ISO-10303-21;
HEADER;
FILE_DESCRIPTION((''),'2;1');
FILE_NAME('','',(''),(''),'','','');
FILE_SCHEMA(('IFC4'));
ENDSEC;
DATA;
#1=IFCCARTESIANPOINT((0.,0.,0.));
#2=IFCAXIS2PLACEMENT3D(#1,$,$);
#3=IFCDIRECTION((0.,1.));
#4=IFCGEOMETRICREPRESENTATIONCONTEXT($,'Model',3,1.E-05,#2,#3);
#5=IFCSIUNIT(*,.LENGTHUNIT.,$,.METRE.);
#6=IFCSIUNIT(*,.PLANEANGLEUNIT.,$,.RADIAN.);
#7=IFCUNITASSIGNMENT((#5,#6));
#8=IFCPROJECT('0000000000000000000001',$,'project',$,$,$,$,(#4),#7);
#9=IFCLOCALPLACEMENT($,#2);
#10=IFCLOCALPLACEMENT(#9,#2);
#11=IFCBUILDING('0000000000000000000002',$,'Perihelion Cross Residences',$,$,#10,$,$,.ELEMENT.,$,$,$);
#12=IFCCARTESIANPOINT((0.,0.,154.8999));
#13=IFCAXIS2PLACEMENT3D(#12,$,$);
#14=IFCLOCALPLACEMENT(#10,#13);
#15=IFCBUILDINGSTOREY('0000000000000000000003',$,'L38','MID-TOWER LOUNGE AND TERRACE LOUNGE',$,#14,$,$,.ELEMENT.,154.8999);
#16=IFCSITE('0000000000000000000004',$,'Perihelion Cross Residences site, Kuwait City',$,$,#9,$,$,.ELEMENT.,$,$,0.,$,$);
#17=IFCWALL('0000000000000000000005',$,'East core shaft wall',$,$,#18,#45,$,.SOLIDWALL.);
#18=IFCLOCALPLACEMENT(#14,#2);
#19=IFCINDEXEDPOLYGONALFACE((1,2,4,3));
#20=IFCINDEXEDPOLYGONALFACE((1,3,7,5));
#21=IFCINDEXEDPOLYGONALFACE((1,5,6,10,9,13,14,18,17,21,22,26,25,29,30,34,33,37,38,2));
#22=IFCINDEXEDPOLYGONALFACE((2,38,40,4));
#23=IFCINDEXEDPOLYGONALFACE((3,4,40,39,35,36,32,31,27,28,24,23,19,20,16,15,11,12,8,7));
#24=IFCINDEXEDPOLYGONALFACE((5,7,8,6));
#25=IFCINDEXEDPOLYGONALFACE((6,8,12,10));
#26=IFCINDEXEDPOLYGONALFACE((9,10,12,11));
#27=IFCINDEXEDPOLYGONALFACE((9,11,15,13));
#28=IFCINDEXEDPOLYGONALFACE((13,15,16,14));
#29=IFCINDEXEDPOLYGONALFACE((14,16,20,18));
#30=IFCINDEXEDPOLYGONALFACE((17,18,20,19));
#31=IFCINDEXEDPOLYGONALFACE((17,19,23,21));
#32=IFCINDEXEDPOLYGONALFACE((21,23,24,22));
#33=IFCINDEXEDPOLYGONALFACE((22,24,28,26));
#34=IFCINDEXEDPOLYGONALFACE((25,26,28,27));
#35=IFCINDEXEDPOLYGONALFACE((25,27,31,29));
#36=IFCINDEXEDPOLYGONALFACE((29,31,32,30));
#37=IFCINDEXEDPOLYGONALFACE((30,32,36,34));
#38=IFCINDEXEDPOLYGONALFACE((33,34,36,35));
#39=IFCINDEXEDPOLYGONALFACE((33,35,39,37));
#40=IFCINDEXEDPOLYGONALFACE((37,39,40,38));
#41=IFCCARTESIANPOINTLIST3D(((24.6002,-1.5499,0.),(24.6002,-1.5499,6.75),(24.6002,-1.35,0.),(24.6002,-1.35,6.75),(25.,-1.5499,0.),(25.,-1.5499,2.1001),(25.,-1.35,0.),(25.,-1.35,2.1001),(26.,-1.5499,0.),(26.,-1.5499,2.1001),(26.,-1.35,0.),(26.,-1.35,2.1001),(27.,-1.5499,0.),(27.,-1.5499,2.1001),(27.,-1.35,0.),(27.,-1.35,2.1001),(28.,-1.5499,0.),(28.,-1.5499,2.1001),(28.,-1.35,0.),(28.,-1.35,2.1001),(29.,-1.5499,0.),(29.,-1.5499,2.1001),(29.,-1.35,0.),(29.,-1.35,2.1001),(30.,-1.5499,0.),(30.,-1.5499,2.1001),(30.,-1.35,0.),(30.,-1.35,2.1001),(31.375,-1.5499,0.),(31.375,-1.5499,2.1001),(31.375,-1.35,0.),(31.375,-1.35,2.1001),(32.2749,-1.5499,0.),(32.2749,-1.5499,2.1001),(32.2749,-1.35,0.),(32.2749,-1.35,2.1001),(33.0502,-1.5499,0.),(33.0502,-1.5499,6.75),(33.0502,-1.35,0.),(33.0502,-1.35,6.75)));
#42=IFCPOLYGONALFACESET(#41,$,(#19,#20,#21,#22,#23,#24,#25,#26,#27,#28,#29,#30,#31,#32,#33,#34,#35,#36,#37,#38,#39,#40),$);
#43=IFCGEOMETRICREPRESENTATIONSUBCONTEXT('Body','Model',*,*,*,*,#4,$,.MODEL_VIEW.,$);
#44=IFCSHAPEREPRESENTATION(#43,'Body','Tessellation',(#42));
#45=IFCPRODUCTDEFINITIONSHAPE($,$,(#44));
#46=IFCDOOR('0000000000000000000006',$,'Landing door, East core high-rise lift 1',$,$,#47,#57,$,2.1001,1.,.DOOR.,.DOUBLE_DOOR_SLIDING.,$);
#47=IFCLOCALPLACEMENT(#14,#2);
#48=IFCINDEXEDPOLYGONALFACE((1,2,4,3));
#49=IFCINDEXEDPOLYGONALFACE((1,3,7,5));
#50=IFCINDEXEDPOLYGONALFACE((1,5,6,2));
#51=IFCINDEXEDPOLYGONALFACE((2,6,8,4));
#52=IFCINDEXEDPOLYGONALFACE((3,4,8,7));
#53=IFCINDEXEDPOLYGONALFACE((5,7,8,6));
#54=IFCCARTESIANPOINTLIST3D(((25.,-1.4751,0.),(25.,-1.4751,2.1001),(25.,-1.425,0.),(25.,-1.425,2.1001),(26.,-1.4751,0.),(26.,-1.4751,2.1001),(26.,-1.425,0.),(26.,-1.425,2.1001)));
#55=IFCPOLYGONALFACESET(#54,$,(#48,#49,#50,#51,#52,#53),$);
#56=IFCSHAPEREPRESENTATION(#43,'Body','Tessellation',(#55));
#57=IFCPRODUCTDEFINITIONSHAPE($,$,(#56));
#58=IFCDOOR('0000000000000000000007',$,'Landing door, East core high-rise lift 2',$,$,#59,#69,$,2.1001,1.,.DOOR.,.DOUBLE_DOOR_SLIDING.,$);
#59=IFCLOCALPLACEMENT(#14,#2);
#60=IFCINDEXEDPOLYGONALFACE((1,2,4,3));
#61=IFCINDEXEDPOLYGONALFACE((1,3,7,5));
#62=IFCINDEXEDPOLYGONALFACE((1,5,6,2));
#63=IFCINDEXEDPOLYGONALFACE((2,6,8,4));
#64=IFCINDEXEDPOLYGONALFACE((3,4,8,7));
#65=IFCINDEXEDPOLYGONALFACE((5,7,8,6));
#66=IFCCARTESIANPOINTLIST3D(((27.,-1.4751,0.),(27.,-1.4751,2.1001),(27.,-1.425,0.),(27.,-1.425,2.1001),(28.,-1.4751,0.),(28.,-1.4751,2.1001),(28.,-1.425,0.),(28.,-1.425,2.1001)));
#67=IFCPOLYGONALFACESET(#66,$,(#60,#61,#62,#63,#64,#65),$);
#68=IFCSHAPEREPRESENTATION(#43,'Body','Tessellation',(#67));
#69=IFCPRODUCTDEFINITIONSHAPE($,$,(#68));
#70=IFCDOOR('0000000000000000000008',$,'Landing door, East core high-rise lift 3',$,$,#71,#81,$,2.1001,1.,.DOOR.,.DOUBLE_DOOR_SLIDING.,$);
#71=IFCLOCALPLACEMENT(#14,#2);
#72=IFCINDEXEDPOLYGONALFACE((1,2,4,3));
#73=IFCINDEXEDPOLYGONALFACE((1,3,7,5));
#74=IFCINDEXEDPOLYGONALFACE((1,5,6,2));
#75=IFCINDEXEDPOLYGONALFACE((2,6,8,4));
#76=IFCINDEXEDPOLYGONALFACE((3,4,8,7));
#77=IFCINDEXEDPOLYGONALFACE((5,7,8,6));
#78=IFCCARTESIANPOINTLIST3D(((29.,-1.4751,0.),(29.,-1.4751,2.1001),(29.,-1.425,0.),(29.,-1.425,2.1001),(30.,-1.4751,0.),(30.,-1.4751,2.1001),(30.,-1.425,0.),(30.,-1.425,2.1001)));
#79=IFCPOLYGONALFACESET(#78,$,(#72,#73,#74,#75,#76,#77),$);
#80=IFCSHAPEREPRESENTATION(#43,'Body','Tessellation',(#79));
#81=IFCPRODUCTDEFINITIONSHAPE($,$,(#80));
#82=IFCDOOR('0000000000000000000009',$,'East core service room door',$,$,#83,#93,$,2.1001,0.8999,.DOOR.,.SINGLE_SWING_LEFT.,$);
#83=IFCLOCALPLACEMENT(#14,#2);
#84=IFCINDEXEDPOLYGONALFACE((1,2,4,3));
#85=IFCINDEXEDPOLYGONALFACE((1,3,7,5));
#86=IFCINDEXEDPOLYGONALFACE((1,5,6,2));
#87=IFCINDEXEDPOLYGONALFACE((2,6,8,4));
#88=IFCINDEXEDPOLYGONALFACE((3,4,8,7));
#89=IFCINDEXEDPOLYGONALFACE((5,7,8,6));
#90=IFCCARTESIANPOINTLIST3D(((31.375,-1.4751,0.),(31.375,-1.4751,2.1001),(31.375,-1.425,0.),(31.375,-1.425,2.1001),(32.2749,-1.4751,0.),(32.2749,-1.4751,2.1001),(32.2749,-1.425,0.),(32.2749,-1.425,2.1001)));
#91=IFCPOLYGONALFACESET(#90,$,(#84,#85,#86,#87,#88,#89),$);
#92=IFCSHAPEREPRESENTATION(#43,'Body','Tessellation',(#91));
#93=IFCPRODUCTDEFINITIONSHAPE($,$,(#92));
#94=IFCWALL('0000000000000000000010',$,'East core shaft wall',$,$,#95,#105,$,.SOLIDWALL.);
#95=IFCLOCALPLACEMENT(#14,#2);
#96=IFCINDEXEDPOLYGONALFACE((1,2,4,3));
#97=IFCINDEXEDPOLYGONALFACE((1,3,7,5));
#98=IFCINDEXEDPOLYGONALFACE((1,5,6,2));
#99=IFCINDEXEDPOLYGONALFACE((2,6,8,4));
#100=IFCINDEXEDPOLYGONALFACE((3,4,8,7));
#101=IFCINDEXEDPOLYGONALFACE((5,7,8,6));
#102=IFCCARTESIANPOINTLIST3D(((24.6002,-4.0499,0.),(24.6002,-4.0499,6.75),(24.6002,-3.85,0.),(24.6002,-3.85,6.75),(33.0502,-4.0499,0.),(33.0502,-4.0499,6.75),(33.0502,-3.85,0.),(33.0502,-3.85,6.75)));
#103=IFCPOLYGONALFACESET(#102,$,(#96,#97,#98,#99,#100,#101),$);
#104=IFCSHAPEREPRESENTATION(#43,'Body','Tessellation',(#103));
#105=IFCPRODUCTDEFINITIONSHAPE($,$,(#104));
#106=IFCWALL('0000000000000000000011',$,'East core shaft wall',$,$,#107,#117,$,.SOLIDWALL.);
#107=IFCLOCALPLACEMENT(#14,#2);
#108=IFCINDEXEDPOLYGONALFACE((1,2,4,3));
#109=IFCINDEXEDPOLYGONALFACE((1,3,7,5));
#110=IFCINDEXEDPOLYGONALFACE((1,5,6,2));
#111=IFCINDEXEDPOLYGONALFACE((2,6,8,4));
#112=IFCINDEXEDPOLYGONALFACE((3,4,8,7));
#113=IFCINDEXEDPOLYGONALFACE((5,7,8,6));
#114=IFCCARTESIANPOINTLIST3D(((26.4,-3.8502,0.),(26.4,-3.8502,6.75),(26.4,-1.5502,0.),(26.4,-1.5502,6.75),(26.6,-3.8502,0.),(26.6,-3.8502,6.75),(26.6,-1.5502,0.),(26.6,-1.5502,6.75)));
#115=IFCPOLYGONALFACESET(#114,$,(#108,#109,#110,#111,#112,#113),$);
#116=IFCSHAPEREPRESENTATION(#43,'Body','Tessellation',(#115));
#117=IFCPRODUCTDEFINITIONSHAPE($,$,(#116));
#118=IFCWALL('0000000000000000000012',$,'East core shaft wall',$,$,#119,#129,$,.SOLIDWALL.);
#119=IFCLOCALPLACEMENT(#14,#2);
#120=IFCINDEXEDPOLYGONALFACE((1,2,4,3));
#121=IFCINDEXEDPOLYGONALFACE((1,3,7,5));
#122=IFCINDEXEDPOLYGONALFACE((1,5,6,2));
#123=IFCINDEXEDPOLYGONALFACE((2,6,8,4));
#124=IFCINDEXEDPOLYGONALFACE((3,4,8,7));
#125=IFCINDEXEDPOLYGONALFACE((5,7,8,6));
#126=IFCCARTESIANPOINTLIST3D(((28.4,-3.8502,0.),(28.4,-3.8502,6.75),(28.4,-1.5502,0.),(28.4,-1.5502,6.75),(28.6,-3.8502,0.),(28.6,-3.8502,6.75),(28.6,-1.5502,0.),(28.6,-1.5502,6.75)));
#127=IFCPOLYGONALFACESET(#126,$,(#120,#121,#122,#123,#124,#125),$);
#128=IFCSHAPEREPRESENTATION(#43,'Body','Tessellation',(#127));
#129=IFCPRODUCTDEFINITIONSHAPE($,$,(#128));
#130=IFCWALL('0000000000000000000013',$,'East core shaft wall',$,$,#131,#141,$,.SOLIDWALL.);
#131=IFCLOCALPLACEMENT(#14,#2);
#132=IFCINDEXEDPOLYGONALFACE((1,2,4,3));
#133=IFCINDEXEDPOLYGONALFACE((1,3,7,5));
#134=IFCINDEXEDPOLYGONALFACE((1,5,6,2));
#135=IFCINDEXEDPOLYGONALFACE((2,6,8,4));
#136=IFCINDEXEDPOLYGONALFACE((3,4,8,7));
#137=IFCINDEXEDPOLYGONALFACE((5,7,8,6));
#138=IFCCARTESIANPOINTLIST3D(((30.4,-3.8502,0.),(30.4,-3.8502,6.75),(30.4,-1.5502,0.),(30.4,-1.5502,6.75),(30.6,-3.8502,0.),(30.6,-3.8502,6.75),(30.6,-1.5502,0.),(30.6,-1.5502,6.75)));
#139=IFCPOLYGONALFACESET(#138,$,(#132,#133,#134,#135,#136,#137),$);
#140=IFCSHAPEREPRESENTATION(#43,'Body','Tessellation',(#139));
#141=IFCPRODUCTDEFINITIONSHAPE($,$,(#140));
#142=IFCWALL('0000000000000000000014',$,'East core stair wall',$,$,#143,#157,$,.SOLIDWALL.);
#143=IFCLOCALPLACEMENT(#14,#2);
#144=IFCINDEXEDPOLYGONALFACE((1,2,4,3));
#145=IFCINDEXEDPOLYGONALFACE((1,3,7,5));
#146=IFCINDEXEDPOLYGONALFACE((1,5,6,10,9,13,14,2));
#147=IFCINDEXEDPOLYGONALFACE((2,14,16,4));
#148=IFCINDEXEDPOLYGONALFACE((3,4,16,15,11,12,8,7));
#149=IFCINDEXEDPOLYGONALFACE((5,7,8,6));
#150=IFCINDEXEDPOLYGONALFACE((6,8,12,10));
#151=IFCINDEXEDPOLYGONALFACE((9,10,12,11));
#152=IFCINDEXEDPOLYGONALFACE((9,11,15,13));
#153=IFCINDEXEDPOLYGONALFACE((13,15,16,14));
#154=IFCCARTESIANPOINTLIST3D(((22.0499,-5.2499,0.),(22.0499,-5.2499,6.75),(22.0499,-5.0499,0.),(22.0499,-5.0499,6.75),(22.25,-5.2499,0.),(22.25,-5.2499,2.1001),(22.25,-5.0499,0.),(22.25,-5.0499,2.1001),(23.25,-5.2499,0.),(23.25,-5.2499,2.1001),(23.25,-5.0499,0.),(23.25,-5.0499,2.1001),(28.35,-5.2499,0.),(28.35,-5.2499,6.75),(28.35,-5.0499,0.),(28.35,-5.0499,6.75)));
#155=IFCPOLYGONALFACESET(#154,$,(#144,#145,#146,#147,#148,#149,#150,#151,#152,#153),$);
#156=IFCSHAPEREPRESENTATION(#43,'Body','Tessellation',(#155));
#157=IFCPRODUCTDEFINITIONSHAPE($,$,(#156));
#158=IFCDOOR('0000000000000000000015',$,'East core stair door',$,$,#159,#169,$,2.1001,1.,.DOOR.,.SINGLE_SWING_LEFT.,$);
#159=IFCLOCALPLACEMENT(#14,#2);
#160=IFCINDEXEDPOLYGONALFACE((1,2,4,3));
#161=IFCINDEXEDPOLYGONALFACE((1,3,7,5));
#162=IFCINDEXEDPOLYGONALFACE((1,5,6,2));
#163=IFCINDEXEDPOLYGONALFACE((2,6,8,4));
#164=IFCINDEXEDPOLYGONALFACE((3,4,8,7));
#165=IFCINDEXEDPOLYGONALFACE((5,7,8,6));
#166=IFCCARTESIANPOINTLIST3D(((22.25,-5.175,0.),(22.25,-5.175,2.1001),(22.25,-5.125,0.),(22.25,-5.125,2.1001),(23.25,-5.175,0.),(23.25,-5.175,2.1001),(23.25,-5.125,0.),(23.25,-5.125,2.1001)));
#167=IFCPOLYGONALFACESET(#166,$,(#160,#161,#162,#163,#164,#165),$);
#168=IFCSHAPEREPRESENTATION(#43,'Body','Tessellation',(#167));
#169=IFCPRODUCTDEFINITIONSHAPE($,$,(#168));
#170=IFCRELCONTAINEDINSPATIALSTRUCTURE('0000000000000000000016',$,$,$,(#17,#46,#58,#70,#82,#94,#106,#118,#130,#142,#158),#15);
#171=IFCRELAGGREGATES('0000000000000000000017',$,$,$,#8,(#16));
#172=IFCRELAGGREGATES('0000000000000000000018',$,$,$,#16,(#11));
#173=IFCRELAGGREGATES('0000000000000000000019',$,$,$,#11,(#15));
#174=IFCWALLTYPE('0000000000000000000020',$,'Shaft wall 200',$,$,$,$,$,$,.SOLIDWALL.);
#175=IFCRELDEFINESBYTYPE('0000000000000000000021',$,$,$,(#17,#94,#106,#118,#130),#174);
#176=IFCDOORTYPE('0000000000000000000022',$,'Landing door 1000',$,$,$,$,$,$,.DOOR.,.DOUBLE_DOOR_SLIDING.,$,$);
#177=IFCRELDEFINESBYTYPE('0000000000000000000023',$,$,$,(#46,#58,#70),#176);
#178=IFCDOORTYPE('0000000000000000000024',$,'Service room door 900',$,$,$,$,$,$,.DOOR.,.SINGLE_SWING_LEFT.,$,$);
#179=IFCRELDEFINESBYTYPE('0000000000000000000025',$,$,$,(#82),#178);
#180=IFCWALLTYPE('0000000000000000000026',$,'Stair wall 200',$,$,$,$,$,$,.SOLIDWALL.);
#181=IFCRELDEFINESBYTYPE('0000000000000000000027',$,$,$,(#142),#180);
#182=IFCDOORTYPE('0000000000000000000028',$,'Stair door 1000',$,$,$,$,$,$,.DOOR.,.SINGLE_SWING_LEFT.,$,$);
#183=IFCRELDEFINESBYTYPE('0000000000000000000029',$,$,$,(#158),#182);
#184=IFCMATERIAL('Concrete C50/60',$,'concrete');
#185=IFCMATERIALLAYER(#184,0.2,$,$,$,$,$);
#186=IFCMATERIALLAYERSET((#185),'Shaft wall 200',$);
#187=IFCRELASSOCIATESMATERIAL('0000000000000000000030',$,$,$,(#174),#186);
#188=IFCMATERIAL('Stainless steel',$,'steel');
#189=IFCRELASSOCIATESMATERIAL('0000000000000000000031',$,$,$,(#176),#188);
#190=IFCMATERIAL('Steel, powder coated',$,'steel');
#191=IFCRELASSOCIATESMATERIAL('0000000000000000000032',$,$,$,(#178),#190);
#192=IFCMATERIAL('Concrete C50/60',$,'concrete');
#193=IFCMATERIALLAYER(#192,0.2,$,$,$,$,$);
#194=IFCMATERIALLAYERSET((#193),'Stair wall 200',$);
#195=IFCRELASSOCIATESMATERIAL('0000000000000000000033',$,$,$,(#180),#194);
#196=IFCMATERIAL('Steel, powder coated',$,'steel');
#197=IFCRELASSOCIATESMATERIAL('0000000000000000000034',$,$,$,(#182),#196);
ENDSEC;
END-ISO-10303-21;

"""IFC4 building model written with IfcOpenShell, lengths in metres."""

from ifc_helpers import new_model, si_unit, direction, frame, frame_2d, origin, place, context, subcontext, project, spatial, rectangle, extrude, material, layer, layer_set, type_object, element, fill, save


model = new_model("IFC4")

# Units and contexts
model_context = context("Model", 3, precision=1e-05, world=origin(), true_north=direction((0.0, 1.0)))
body_context = subcontext(model_context, "Body", "Model", "MODEL_VIEW")
ifc_project = project(units=[si_unit("LENGTHUNIT", "METRE"), si_unit("PLANEANGLEUNIT", "RADIAN")], contexts=[model_context])

# Site, building, storey
site_placement = place(None, origin())
site = spatial("IfcSite", under=ifc_project, at=site_placement, Name="Perihelion Cross Residences site, Kuwait City", CompositionType="ELEMENT", RefElevation=0.0)
building_placement = place(site_placement, origin())
building = spatial("IfcBuilding", under=site, at=building_placement, Name="Perihelion Cross Residences", CompositionType="ELEMENT")
storey_placement = place(building_placement, frame((0.0, 0.0, 154.8999)))
storey = spatial("IfcBuildingStorey", under=building, at=storey_placement, Name="L38", Description="MID-TOWER LOUNGE AND TERRACE LOUNGE", CompositionType="ELEMENT", Elevation=154.8999)

# Wall, openings, doors
ifc_material_1 = material(Name="Concrete C50/60", Category="concrete")
ifc_layer_1 = layer(ifc_material_1, 0.2)
ifc_layer_set_1 = layer_set([ifc_layer_1], Name="Shaft wall 200")
wall_type_1 = type_object("IfcWallType", Name="Shaft wall 200", PredefinedType="SOLIDWALL", material=ifc_layer_set_1)
wall_1_placement = place(storey_placement, frame((24.6001, -1.45, 0.0), z_axis=(0.0, 0.0, 1.0), x_axis=(1.0, 0.0, 0.0)))
wall_1 = element("IfcWall", 1, at=wall_1_placement, inside=storey, type_object=wall_type_1, Name="East core shaft wall", PredefinedType="SOLIDWALL", context=body_context, shape_type="SweptSolid", body=[
    extrude(rectangle(XDim=8.45, YDim=0.2, at=frame_2d((4.2251, 0.0))), origin(), (0.0, 0.0, 1.0), 6.75),
])
opening_1_placement = place(wall_1_placement, frame((0.3999, 0.0, 0.0)))
opening_1 = element("IfcOpeningElement", 2, at=opening_1_placement, cuts=wall_1, PredefinedType="OPENING", context=body_context, shape_type="SweptSolid", body=[
    extrude(rectangle(XDim=1.0, YDim=2.1001, at=frame_2d((0.5, 1.05))), frame((0.0, 0.1099, 0.0), z_axis=(0.0, -1.0, 0.0), x_axis=(1.0, 0.0, 0.0)), (0.0, 0.0, 1.0), 0.22),
])
opening_2_placement = place(wall_1_placement, frame((2.3999, 0.0, 0.0)))
opening_2 = element("IfcOpeningElement", 3, at=opening_2_placement, cuts=wall_1, PredefinedType="OPENING", context=body_context, shape_type="SweptSolid", body=[
    extrude(rectangle(XDim=1.0, YDim=2.1001, at=frame_2d((0.5, 1.05))), frame((0.0, 0.1099, 0.0), z_axis=(0.0, -1.0, 0.0), x_axis=(1.0, 0.0, 0.0)), (0.0, 0.0, 1.0), 0.22),
])
opening_3_placement = place(wall_1_placement, frame((4.3999, 0.0, 0.0)))
opening_3 = element("IfcOpeningElement", 4, at=opening_3_placement, cuts=wall_1, PredefinedType="OPENING", context=body_context, shape_type="SweptSolid", body=[
    extrude(rectangle(XDim=1.0, YDim=2.1001, at=frame_2d((0.5, 1.05))), frame((0.0, 0.1099, 0.0), z_axis=(0.0, -1.0, 0.0), x_axis=(1.0, 0.0, 0.0)), (0.0, 0.0, 1.0), 0.22),
])
opening_4_placement = place(wall_1_placement, frame((6.7749, 0.0, 0.0)))
opening_4 = element("IfcOpeningElement", 5, at=opening_4_placement, cuts=wall_1, PredefinedType="OPENING", context=body_context, shape_type="SweptSolid", body=[
    extrude(rectangle(XDim=0.8999, YDim=2.1001, at=frame_2d((0.45, 1.05))), frame((0.0, 0.1099, 0.0), z_axis=(0.0, -1.0, 0.0), x_axis=(1.0, 0.0, 0.0)), (0.0, 0.0, 1.0), 0.22),
])
ifc_material_2 = material(Name="Stainless steel", Category="steel")
door_type_1 = type_object("IfcDoorType", Name="Landing door 1000", OperationType="DOUBLE_DOOR_SLIDING", PredefinedType="DOOR", material=ifc_material_2)
door_1_placement = place(opening_1_placement, origin())
door_1 = element("IfcDoor", 6, at=door_1_placement, inside=storey, type_object=door_type_1, Name="Landing door, East core high-rise lift 1", OperationType="DOUBLE_DOOR_SLIDING", OverallHeight=2.1001, OverallWidth=1.0, PredefinedType="DOOR", context=body_context, shape_type="SweptSolid", body=[
    extrude(rectangle(XDim=1.0, YDim=2.1001, at=frame_2d((0.5, 1.05))), frame((0.0, 0.0249, 0.0), z_axis=(0.0, -1.0, 0.0), x_axis=(1.0, 0.0, 0.0)), (0.0, 0.0, 1.0), 0.05),
])
fill(opening_1, door_1)
door_2_placement = place(opening_2_placement, origin())
door_2 = element("IfcDoor", 7, at=door_2_placement, inside=storey, type_object=door_type_1, Name="Landing door, East core high-rise lift 2", OperationType="DOUBLE_DOOR_SLIDING", OverallHeight=2.1001, OverallWidth=1.0, PredefinedType="DOOR", context=body_context, shape_type="SweptSolid", body=[
    extrude(rectangle(XDim=1.0, YDim=2.1001, at=frame_2d((0.5, 1.05))), frame((0.0, 0.0249, 0.0), z_axis=(0.0, -1.0, 0.0), x_axis=(1.0, 0.0, 0.0)), (0.0, 0.0, 1.0), 0.05),
])
fill(opening_2, door_2)
door_3_placement = place(opening_3_placement, origin())
door_3 = element("IfcDoor", 8, at=door_3_placement, inside=storey, type_object=door_type_1, Name="Landing door, East core high-rise lift 3", OperationType="DOUBLE_DOOR_SLIDING", OverallHeight=2.1001, OverallWidth=1.0, PredefinedType="DOOR", context=body_context, shape_type="SweptSolid", body=[
    extrude(rectangle(XDim=1.0, YDim=2.1001, at=frame_2d((0.5, 1.05))), frame((0.0, 0.0249, 0.0), z_axis=(0.0, -1.0, 0.0), x_axis=(1.0, 0.0, 0.0)), (0.0, 0.0, 1.0), 0.05),
])
fill(opening_3, door_3)
ifc_material_3 = material(Name="Steel, powder coated", Category="steel")
door_type_2 = type_object("IfcDoorType", Name="Service room door 900", OperationType="SINGLE_SWING_LEFT", PredefinedType="DOOR", material=ifc_material_3)
door_4_placement = place(opening_4_placement, origin())
door_4 = element("IfcDoor", 9, at=door_4_placement, inside=storey, type_object=door_type_2, Name="East core service room door", OperationType="SINGLE_SWING_LEFT", OverallHeight=2.1001, OverallWidth=0.8999, PredefinedType="DOOR", context=body_context, shape_type="SweptSolid", body=[
    extrude(rectangle(XDim=0.8999, YDim=2.1001, at=frame_2d((0.45, 1.05))), frame((0.0, 0.0249, 0.0), z_axis=(0.0, -1.0, 0.0), x_axis=(1.0, 0.0, 0.0)), (0.0, 0.0, 1.0), 0.05),
])
fill(opening_4, door_4)

# Walls
wall_2_placement = place(storey_placement, frame((24.6001, -3.95, 0.0), z_axis=(0.0, 0.0, 1.0), x_axis=(1.0, 0.0, 0.0)))
element("IfcWall", 10, at=wall_2_placement, inside=storey, type_object=wall_type_1, Name="East core shaft wall", PredefinedType="SOLIDWALL", context=body_context, shape_type="SweptSolid", body=[
    extrude(rectangle(XDim=8.45, YDim=0.2, at=frame_2d((4.2251, 0.0))), origin(), (0.0, 0.0, 1.0), 6.75),
])
for number, where, z_axis, x_axis, name in (
    (11, (26.5, -3.8501, 0.0), (0.0, 0.0, 1.0), (0.0, 1.0, 0.0), "East core shaft wall"),
    (12, (28.5, -3.8501, 0.0), (0.0, 0.0, 1.0), (0.0, 1.0, 0.0), "East core shaft wall"),
    (13, (30.5, -3.8501, 0.0), (0.0, 0.0, 1.0), (0.0, 1.0, 0.0), "East core shaft wall"),
):
    element("IfcWall", number, at=place(storey_placement, frame(where, z_axis=z_axis, x_axis=x_axis)), inside=storey, type_object=wall_type_1, Name=name, PredefinedType="SOLIDWALL", context=body_context, shape_type="SweptSolid", body=[
        extrude(rectangle(XDim=2.3, YDim=0.2, at=frame_2d((1.1499, 0.0))), origin(), (0.0, 0.0, 1.0), 6.75),
    ])

# Wall, opening, door
ifc_material_4 = material(Name="Concrete C50/60", Category="concrete")
ifc_layer_2 = layer(ifc_material_4, 0.2)
ifc_layer_set_2 = layer_set([ifc_layer_2], Name="Stair wall 200")
wall_type_2 = type_object("IfcWallType", Name="Stair wall 200", PredefinedType="SOLIDWALL", material=ifc_layer_set_2)
wall_3_placement = place(storey_placement, frame((22.05, -5.1499, 0.0), z_axis=(0.0, 0.0, 1.0), x_axis=(1.0, 0.0, 0.0)))
wall_3 = element("IfcWall", 14, at=wall_3_placement, inside=storey, type_object=wall_type_2, Name="East core stair wall", PredefinedType="SOLIDWALL", context=body_context, shape_type="SweptSolid", body=[
    extrude(rectangle(XDim=6.3, YDim=0.2, at=frame_2d((3.1499, 0.0))), origin(), (0.0, 0.0, 1.0), 6.75),
])
opening_5_placement = place(wall_3_placement, frame((0.2, 0.0, 0.0)))
opening_5 = element("IfcOpeningElement", 15, at=opening_5_placement, cuts=wall_3, PredefinedType="OPENING", context=body_context, shape_type="SweptSolid", body=[
    extrude(rectangle(XDim=1.0, YDim=2.1001, at=frame_2d((0.5, 1.05))), frame((0.0, 0.1099, 0.0), z_axis=(0.0, -1.0, 0.0), x_axis=(1.0, 0.0, 0.0)), (0.0, 0.0, 1.0), 0.22),
])
ifc_material_5 = material(Name="Steel, powder coated", Category="steel")
door_type_3 = type_object("IfcDoorType", Name="Stair door 1000", OperationType="SINGLE_SWING_LEFT", PredefinedType="DOOR", material=ifc_material_5)
door_5_placement = place(opening_5_placement, origin())
door_5 = element("IfcDoor", 16, at=door_5_placement, inside=storey, type_object=door_type_3, Name="East core stair door", OperationType="SINGLE_SWING_LEFT", OverallHeight=2.1001, OverallWidth=1.0, PredefinedType="DOOR", context=body_context, shape_type="SweptSolid", body=[
    extrude(rectangle(XDim=1.0, YDim=2.1001, at=frame_2d((0.5, 1.05))), frame((0.0, 0.0249, 0.0), z_axis=(0.0, -1.0, 0.0), x_axis=(1.0, 0.0, 0.0)), (0.0, 0.0, 1.0), 0.05),
])
fill(opening_5, door_5)

save(model, "model.ifc")
